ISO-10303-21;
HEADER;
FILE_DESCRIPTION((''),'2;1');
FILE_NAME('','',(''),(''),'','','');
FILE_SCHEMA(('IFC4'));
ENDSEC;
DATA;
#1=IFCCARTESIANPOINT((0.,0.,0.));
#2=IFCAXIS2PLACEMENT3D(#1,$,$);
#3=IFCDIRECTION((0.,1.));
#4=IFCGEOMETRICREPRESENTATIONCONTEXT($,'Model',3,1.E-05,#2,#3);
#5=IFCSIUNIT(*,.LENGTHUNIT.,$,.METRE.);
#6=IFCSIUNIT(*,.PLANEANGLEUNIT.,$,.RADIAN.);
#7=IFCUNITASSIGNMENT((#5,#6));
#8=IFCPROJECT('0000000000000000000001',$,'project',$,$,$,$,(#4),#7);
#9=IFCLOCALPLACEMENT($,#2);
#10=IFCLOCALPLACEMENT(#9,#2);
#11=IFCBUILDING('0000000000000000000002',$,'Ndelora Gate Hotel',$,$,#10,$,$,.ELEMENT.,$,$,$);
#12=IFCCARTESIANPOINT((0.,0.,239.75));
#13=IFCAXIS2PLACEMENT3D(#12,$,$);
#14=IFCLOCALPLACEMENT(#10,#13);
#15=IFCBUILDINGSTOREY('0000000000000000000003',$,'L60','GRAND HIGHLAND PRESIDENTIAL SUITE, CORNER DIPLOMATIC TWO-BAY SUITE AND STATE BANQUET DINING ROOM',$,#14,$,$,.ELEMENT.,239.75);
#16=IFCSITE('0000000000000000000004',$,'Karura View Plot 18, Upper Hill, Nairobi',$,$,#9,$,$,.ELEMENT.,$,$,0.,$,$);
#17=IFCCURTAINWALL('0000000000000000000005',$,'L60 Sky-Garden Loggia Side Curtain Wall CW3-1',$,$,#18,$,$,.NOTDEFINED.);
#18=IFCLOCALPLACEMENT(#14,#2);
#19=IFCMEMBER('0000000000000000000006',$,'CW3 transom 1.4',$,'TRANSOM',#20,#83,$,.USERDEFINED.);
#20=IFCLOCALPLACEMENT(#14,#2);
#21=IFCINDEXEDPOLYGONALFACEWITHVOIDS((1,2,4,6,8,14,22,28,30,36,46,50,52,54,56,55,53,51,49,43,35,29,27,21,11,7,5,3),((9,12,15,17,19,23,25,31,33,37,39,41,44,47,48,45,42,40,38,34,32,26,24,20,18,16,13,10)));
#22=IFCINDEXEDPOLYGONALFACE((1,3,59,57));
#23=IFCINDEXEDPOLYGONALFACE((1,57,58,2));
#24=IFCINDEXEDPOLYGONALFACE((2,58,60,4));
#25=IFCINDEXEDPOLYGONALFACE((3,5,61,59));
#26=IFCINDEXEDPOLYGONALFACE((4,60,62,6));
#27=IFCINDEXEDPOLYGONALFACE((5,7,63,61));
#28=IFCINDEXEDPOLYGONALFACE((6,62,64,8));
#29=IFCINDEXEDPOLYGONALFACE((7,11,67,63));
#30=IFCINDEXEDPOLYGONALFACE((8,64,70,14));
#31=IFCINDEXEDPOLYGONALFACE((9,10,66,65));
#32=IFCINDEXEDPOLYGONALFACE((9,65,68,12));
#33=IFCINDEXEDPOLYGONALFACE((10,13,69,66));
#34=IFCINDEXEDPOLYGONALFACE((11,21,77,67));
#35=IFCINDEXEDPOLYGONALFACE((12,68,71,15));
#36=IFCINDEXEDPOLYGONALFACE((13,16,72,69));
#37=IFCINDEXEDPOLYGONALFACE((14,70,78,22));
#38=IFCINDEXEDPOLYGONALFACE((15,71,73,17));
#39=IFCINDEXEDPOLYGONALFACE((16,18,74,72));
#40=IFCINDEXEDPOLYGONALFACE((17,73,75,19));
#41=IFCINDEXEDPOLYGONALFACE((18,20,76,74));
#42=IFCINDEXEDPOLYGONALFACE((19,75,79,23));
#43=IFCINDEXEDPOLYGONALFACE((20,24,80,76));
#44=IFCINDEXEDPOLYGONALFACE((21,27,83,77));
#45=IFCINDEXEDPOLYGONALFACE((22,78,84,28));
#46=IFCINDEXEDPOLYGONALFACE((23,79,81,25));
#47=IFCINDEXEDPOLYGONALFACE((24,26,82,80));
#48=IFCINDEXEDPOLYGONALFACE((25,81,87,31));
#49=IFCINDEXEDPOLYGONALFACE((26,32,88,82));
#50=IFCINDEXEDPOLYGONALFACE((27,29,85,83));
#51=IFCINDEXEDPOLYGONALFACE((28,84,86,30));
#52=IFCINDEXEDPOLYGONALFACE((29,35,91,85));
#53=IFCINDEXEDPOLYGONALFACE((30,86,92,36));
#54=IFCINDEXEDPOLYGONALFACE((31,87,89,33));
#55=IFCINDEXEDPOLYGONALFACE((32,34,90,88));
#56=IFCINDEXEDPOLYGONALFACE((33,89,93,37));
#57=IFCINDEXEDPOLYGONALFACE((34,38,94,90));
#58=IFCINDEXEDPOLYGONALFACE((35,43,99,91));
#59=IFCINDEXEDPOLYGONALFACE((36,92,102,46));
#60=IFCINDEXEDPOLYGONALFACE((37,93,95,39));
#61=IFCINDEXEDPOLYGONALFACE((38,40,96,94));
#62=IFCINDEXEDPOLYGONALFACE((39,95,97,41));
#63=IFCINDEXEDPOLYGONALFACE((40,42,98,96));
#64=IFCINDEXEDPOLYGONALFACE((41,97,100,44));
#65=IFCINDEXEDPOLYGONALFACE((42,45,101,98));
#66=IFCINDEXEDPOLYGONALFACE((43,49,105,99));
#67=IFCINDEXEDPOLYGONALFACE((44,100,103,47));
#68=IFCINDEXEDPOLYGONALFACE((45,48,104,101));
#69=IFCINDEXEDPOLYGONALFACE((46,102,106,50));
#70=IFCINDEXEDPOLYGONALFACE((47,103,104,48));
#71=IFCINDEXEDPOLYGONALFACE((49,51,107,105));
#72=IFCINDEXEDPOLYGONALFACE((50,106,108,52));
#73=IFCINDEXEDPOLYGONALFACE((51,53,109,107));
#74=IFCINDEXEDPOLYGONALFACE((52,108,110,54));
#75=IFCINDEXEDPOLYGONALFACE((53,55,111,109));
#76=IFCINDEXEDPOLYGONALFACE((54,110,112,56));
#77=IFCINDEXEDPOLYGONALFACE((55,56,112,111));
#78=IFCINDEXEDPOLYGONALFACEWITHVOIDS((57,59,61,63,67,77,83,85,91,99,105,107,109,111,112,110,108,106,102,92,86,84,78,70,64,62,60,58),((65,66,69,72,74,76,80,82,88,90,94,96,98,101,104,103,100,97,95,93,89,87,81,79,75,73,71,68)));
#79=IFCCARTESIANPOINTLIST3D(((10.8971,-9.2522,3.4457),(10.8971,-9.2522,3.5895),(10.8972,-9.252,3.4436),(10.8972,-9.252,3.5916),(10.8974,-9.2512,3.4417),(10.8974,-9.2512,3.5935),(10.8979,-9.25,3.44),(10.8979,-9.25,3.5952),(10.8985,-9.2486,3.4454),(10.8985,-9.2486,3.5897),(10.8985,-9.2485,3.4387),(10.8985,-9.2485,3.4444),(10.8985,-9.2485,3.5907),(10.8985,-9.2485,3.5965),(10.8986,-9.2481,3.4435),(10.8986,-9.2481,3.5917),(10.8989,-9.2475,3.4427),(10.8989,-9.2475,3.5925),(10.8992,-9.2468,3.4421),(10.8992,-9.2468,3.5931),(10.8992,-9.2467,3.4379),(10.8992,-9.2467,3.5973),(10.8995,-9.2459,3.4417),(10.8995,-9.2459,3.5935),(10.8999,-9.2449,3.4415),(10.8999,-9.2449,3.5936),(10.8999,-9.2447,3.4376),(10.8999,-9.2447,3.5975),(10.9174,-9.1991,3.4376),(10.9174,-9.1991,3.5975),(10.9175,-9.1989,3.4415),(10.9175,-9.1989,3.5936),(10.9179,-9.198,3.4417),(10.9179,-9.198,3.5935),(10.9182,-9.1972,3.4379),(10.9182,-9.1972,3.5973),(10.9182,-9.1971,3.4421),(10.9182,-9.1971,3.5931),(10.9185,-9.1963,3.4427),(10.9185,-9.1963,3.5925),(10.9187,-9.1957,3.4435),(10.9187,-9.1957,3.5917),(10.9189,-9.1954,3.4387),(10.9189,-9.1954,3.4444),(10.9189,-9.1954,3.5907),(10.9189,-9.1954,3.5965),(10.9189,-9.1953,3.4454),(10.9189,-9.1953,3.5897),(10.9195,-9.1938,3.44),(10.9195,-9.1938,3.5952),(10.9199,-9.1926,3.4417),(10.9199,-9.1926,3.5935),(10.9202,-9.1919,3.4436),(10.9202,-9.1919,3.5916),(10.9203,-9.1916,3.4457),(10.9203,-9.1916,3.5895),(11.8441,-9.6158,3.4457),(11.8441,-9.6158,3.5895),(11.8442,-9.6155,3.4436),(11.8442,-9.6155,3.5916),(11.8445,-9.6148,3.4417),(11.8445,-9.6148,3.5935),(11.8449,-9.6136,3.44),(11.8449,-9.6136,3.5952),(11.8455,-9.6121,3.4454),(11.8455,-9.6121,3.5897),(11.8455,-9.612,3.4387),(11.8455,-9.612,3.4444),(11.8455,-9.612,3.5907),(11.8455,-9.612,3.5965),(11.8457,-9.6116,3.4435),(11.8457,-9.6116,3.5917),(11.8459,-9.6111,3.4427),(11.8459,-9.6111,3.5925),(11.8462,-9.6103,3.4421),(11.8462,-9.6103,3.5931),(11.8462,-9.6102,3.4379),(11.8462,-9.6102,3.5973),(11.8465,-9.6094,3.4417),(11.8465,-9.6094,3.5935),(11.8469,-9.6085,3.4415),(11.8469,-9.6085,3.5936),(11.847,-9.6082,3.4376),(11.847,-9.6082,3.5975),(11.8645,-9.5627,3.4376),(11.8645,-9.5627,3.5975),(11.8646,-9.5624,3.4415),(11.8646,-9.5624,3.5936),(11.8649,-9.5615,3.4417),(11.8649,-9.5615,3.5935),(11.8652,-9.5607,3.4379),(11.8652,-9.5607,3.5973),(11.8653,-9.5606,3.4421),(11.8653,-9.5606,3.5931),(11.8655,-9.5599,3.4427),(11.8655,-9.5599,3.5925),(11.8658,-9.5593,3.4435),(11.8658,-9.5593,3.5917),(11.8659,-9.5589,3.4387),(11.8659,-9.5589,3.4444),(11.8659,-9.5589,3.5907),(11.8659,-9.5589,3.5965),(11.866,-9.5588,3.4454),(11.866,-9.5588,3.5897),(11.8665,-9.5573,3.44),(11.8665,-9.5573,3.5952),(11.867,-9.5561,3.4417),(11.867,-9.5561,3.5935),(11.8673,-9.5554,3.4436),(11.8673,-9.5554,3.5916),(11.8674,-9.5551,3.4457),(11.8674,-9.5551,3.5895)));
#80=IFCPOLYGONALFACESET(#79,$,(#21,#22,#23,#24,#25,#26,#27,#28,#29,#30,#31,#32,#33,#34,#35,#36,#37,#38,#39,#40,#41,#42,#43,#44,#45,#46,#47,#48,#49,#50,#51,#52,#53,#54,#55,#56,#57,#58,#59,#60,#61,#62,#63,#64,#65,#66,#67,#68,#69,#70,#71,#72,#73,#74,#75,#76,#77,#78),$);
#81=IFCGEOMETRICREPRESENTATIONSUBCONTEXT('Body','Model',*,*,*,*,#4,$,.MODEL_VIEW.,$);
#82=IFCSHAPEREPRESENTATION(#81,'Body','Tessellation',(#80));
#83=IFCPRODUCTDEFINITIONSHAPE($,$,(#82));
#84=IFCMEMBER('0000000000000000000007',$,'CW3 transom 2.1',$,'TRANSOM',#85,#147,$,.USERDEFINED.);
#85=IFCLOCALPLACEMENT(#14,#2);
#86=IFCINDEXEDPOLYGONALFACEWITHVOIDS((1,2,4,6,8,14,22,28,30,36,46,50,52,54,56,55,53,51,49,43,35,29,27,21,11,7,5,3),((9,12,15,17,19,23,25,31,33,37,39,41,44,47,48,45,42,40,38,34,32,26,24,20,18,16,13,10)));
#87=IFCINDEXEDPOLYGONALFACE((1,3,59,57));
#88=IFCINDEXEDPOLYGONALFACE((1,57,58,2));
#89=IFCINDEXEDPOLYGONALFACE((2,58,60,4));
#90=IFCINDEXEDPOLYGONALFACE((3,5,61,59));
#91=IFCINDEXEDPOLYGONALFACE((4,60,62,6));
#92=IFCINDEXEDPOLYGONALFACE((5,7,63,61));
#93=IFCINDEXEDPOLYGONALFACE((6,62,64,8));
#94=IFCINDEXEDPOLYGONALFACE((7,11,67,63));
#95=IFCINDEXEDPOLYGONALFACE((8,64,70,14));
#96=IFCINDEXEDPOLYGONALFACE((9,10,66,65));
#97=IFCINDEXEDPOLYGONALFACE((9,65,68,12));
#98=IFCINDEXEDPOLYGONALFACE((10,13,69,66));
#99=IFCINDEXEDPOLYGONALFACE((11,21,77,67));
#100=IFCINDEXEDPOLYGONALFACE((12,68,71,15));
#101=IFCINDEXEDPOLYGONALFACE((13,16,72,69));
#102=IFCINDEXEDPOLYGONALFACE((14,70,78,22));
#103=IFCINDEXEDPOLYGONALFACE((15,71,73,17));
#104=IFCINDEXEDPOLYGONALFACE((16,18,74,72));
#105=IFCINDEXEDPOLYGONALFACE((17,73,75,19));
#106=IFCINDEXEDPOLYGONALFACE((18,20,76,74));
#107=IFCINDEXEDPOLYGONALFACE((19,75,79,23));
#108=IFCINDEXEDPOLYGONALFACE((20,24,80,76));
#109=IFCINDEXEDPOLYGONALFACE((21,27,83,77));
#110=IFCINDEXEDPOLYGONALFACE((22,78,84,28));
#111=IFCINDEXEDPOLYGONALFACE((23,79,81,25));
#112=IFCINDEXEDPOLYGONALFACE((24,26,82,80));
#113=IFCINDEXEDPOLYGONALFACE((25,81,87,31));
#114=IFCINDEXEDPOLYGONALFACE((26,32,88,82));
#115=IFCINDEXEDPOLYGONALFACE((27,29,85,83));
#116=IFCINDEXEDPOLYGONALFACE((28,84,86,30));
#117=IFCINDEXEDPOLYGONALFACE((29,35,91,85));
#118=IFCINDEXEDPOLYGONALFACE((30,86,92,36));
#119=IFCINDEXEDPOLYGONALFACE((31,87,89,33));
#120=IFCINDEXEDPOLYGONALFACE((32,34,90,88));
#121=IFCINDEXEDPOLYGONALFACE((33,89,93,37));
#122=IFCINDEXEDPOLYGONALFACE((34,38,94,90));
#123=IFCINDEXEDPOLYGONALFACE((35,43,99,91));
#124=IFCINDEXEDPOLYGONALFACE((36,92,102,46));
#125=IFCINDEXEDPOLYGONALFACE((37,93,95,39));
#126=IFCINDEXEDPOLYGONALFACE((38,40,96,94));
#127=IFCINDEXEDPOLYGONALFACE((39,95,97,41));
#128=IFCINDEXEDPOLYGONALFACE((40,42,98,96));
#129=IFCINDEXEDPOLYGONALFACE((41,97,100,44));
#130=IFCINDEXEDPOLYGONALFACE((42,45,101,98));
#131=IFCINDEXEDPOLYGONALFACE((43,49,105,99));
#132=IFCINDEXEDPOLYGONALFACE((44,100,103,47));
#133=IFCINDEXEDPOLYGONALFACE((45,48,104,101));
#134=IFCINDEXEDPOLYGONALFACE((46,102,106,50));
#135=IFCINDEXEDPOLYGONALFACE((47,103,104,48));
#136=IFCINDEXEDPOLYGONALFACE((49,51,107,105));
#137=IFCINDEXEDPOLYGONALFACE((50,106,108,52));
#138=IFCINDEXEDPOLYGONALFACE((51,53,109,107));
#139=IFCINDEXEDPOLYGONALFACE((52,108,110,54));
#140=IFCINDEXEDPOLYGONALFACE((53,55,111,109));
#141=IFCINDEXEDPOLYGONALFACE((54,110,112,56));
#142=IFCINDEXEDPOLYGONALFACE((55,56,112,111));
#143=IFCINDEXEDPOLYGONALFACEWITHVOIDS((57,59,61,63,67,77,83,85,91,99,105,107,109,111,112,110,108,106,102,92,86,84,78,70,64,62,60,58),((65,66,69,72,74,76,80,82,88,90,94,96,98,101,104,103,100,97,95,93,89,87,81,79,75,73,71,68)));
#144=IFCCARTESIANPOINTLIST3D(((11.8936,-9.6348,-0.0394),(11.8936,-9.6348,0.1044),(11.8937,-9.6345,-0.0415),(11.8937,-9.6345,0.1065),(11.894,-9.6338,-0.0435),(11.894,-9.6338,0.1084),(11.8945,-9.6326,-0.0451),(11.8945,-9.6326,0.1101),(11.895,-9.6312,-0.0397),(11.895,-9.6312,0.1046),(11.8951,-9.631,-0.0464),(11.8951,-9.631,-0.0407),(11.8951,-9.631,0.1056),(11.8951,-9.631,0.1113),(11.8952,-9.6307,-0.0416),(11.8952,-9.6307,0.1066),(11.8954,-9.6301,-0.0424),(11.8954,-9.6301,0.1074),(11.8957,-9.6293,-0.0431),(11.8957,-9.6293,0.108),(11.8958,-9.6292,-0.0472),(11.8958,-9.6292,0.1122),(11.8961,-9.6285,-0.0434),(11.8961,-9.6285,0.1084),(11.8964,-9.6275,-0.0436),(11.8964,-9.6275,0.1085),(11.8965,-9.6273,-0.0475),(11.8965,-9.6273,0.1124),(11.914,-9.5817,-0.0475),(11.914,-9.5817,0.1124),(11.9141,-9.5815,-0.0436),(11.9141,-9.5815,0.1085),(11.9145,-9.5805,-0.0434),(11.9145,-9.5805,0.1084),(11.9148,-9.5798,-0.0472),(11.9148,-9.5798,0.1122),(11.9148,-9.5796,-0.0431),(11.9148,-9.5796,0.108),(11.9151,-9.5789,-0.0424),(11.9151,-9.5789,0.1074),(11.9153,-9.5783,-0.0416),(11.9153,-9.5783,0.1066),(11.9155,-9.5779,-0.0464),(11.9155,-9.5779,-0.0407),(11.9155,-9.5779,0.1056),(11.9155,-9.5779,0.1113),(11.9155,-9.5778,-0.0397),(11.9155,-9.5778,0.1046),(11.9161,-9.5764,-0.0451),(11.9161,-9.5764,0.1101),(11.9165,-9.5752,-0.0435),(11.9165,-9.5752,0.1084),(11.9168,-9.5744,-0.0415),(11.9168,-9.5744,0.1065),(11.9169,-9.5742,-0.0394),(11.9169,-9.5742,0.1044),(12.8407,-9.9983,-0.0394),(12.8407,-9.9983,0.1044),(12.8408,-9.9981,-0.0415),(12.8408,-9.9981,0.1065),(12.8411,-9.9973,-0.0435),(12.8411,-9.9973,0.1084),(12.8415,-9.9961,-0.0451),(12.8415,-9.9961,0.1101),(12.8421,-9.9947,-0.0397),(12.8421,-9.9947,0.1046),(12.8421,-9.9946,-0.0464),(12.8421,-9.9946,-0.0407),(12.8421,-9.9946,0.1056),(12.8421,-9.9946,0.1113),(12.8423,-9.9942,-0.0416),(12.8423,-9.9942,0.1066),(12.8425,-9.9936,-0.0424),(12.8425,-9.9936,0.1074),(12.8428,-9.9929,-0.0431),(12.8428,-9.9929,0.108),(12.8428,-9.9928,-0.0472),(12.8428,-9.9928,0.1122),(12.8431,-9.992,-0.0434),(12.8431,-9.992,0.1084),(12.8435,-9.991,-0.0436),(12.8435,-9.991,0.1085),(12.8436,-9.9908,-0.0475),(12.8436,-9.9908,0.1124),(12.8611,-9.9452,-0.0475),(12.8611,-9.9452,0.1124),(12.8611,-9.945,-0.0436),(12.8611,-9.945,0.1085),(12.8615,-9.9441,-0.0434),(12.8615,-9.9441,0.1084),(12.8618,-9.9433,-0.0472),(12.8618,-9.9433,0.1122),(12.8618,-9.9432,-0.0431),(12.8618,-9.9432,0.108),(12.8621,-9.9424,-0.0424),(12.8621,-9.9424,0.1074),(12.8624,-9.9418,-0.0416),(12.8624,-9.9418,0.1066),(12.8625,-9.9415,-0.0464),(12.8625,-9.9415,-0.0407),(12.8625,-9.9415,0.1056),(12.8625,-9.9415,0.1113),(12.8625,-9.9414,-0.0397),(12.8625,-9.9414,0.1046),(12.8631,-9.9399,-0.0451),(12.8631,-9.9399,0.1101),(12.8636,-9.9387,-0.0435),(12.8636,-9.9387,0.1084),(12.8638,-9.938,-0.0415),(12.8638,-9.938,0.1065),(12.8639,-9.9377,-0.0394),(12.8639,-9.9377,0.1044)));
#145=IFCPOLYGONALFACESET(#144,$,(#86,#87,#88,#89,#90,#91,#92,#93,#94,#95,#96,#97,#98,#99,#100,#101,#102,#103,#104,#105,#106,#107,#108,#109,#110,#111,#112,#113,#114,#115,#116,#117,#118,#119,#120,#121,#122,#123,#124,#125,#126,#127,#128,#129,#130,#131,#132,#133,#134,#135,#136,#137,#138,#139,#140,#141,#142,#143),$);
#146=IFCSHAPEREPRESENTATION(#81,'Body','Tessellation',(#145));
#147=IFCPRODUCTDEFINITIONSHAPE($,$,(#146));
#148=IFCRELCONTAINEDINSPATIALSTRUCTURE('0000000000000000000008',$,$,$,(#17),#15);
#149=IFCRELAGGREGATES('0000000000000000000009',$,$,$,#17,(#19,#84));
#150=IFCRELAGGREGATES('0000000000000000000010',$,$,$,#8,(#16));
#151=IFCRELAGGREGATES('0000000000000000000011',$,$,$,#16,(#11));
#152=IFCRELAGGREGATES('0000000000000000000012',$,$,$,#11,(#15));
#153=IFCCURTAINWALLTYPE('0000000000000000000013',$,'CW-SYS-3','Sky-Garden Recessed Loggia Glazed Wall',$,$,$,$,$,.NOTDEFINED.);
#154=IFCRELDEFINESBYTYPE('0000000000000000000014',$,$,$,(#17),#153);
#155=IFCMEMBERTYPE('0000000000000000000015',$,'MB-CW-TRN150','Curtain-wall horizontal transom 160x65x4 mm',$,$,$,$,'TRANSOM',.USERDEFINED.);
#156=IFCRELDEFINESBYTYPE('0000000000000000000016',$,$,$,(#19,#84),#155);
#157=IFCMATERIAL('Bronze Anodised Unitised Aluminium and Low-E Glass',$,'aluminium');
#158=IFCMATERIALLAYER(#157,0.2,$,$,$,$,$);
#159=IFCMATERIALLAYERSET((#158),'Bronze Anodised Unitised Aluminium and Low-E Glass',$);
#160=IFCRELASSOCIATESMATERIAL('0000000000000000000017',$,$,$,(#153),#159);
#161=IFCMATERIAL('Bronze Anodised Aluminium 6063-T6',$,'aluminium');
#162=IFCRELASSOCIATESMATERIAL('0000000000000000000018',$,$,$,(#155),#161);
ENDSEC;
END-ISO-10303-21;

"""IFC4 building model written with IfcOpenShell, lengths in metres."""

from ifc_helpers import new_model, si_unit, direction, frame, origin, origin_2d, place, context, subcontext, project, spatial, hollow_rectangle, extrude, material, layer, layer_set, material_profile, profile_set, type_object, element, aggregate, save


model = new_model("IFC4")

# Units and contexts
model_context = context("Model", 3, precision=1e-05, world=origin(), true_north=direction((0.0, 1.0)))
body_context = subcontext(model_context, "Body", "Model", "MODEL_VIEW")
ifc_project = project(units=[si_unit("LENGTHUNIT", "METRE"), si_unit("PLANEANGLEUNIT", "RADIAN")], contexts=[model_context])

# Site, building, storey
site_placement = place(None, origin())
site = spatial("IfcSite", under=ifc_project, at=site_placement, Name="Karura View Plot 18, Upper Hill, Nairobi", CompositionType="ELEMENT", RefElevation=0.0)
building_placement = place(site_placement, origin())
building = spatial("IfcBuilding", under=site, at=building_placement, Name="Ndelora Gate Hotel", CompositionType="ELEMENT")
storey_placement = place(building_placement, frame((0.0, 0.0, 239.75)))
storey = spatial("IfcBuildingStorey", under=building, at=storey_placement, Name="L60", Description="GRAND HIGHLAND PRESIDENTIAL SUITE, CORNER DIPLOMATIC TWO-BAY SUITE AND STATE BANQUET DINING ROOM", CompositionType="ELEMENT", Elevation=239.75)

# Curtain wall, members
ifc_material_1 = material(Name="Bronze Anodised Unitised Aluminium and Low-E Glass", Category="aluminium")
ifc_layer_1 = layer(ifc_material_1, 0.2)
ifc_layer_set_1 = layer_set([ifc_layer_1], Name="Bronze Anodised Unitised Aluminium and Low-E Glass")
curtain_wall_type = type_object("IfcCurtainWallType", Name="CW-SYS-3", Description="Sky-Garden Recessed Loggia Glazed Wall", PredefinedType="NOTDEFINED", material=ifc_layer_set_1)
curtain_wall_placement = place(storey_placement, origin())
curtain_wall = element("IfcCurtainWall", 1, at=curtain_wall_placement, inside=storey, type_object=curtain_wall_type, Name="L60 Sky-Garden Loggia Side Curtain Wall CW3-1", PredefinedType="NOTDEFINED")
ifc_material_2 = material(Name="Bronze Anodised Aluminium 6063-T6", Category="aluminium")
ifc_material_profile_1 = material_profile(ifc_material_2, hollow_rectangle(XDim=0.0649, YDim=0.1599, WallThickness=0.0039, InnerFilletRadius=0.0039, OuterFilletRadius=0.0081, at=origin_2d()), Name="ALU 160x65x4")
ifc_profile_set_1 = profile_set([ifc_material_profile_1], Name="Bronze Anodised Aluminium 6063-T6")
member_type_1 = type_object("IfcMemberType", Name="MB-CW-TRN150", Description="Curtain-wall horizontal transom 160x65x4 mm", ElementType="TRANSOM", PredefinedType="USERDEFINED", material=ifc_profile_set_1)
member_1_placement = place(storey_placement, frame((10.9087, -9.2219, 3.5176), z_axis=(0.933581, -0.358366, 0.0), x_axis=(0.358366, 0.933581, 0.0)))
member_1 = element("IfcMember", 2, at=member_1_placement, type_object=member_type_1, Name="CW3 transom 1.4", ObjectType="TRANSOM", PredefinedType="USERDEFINED", context=body_context, shape_type="SweptSolid", body=[
    extrude(hollow_rectangle(XDim=0.0649, YDim=0.1599, WallThickness=0.0039, InnerFilletRadius=0.0039, OuterFilletRadius=0.0081, at=origin_2d()), origin(), (0.0, 0.0, 1.0), 1.0144),
])
member_2_placement = place(storey_placement, frame((11.9053, -9.6045, 0.0325), z_axis=(0.933581, -0.358366, 0.0), x_axis=(0.358366, 0.933581, 0.0)))
member_2 = element("IfcMember", 3, at=member_2_placement, type_object=member_type_1, Name="CW3 transom 2.1", ObjectType="TRANSOM", PredefinedType="USERDEFINED", context=body_context, shape_type="SweptSolid", body=[
    extrude(hollow_rectangle(XDim=0.0649, YDim=0.1599, WallThickness=0.0039, InnerFilletRadius=0.0039, OuterFilletRadius=0.0081, at=origin_2d()), origin(), (0.0, 0.0, 1.0), 1.0144),
])
aggregate(curtain_wall, [member_1, member_2])

save(model, "model.ifc")
